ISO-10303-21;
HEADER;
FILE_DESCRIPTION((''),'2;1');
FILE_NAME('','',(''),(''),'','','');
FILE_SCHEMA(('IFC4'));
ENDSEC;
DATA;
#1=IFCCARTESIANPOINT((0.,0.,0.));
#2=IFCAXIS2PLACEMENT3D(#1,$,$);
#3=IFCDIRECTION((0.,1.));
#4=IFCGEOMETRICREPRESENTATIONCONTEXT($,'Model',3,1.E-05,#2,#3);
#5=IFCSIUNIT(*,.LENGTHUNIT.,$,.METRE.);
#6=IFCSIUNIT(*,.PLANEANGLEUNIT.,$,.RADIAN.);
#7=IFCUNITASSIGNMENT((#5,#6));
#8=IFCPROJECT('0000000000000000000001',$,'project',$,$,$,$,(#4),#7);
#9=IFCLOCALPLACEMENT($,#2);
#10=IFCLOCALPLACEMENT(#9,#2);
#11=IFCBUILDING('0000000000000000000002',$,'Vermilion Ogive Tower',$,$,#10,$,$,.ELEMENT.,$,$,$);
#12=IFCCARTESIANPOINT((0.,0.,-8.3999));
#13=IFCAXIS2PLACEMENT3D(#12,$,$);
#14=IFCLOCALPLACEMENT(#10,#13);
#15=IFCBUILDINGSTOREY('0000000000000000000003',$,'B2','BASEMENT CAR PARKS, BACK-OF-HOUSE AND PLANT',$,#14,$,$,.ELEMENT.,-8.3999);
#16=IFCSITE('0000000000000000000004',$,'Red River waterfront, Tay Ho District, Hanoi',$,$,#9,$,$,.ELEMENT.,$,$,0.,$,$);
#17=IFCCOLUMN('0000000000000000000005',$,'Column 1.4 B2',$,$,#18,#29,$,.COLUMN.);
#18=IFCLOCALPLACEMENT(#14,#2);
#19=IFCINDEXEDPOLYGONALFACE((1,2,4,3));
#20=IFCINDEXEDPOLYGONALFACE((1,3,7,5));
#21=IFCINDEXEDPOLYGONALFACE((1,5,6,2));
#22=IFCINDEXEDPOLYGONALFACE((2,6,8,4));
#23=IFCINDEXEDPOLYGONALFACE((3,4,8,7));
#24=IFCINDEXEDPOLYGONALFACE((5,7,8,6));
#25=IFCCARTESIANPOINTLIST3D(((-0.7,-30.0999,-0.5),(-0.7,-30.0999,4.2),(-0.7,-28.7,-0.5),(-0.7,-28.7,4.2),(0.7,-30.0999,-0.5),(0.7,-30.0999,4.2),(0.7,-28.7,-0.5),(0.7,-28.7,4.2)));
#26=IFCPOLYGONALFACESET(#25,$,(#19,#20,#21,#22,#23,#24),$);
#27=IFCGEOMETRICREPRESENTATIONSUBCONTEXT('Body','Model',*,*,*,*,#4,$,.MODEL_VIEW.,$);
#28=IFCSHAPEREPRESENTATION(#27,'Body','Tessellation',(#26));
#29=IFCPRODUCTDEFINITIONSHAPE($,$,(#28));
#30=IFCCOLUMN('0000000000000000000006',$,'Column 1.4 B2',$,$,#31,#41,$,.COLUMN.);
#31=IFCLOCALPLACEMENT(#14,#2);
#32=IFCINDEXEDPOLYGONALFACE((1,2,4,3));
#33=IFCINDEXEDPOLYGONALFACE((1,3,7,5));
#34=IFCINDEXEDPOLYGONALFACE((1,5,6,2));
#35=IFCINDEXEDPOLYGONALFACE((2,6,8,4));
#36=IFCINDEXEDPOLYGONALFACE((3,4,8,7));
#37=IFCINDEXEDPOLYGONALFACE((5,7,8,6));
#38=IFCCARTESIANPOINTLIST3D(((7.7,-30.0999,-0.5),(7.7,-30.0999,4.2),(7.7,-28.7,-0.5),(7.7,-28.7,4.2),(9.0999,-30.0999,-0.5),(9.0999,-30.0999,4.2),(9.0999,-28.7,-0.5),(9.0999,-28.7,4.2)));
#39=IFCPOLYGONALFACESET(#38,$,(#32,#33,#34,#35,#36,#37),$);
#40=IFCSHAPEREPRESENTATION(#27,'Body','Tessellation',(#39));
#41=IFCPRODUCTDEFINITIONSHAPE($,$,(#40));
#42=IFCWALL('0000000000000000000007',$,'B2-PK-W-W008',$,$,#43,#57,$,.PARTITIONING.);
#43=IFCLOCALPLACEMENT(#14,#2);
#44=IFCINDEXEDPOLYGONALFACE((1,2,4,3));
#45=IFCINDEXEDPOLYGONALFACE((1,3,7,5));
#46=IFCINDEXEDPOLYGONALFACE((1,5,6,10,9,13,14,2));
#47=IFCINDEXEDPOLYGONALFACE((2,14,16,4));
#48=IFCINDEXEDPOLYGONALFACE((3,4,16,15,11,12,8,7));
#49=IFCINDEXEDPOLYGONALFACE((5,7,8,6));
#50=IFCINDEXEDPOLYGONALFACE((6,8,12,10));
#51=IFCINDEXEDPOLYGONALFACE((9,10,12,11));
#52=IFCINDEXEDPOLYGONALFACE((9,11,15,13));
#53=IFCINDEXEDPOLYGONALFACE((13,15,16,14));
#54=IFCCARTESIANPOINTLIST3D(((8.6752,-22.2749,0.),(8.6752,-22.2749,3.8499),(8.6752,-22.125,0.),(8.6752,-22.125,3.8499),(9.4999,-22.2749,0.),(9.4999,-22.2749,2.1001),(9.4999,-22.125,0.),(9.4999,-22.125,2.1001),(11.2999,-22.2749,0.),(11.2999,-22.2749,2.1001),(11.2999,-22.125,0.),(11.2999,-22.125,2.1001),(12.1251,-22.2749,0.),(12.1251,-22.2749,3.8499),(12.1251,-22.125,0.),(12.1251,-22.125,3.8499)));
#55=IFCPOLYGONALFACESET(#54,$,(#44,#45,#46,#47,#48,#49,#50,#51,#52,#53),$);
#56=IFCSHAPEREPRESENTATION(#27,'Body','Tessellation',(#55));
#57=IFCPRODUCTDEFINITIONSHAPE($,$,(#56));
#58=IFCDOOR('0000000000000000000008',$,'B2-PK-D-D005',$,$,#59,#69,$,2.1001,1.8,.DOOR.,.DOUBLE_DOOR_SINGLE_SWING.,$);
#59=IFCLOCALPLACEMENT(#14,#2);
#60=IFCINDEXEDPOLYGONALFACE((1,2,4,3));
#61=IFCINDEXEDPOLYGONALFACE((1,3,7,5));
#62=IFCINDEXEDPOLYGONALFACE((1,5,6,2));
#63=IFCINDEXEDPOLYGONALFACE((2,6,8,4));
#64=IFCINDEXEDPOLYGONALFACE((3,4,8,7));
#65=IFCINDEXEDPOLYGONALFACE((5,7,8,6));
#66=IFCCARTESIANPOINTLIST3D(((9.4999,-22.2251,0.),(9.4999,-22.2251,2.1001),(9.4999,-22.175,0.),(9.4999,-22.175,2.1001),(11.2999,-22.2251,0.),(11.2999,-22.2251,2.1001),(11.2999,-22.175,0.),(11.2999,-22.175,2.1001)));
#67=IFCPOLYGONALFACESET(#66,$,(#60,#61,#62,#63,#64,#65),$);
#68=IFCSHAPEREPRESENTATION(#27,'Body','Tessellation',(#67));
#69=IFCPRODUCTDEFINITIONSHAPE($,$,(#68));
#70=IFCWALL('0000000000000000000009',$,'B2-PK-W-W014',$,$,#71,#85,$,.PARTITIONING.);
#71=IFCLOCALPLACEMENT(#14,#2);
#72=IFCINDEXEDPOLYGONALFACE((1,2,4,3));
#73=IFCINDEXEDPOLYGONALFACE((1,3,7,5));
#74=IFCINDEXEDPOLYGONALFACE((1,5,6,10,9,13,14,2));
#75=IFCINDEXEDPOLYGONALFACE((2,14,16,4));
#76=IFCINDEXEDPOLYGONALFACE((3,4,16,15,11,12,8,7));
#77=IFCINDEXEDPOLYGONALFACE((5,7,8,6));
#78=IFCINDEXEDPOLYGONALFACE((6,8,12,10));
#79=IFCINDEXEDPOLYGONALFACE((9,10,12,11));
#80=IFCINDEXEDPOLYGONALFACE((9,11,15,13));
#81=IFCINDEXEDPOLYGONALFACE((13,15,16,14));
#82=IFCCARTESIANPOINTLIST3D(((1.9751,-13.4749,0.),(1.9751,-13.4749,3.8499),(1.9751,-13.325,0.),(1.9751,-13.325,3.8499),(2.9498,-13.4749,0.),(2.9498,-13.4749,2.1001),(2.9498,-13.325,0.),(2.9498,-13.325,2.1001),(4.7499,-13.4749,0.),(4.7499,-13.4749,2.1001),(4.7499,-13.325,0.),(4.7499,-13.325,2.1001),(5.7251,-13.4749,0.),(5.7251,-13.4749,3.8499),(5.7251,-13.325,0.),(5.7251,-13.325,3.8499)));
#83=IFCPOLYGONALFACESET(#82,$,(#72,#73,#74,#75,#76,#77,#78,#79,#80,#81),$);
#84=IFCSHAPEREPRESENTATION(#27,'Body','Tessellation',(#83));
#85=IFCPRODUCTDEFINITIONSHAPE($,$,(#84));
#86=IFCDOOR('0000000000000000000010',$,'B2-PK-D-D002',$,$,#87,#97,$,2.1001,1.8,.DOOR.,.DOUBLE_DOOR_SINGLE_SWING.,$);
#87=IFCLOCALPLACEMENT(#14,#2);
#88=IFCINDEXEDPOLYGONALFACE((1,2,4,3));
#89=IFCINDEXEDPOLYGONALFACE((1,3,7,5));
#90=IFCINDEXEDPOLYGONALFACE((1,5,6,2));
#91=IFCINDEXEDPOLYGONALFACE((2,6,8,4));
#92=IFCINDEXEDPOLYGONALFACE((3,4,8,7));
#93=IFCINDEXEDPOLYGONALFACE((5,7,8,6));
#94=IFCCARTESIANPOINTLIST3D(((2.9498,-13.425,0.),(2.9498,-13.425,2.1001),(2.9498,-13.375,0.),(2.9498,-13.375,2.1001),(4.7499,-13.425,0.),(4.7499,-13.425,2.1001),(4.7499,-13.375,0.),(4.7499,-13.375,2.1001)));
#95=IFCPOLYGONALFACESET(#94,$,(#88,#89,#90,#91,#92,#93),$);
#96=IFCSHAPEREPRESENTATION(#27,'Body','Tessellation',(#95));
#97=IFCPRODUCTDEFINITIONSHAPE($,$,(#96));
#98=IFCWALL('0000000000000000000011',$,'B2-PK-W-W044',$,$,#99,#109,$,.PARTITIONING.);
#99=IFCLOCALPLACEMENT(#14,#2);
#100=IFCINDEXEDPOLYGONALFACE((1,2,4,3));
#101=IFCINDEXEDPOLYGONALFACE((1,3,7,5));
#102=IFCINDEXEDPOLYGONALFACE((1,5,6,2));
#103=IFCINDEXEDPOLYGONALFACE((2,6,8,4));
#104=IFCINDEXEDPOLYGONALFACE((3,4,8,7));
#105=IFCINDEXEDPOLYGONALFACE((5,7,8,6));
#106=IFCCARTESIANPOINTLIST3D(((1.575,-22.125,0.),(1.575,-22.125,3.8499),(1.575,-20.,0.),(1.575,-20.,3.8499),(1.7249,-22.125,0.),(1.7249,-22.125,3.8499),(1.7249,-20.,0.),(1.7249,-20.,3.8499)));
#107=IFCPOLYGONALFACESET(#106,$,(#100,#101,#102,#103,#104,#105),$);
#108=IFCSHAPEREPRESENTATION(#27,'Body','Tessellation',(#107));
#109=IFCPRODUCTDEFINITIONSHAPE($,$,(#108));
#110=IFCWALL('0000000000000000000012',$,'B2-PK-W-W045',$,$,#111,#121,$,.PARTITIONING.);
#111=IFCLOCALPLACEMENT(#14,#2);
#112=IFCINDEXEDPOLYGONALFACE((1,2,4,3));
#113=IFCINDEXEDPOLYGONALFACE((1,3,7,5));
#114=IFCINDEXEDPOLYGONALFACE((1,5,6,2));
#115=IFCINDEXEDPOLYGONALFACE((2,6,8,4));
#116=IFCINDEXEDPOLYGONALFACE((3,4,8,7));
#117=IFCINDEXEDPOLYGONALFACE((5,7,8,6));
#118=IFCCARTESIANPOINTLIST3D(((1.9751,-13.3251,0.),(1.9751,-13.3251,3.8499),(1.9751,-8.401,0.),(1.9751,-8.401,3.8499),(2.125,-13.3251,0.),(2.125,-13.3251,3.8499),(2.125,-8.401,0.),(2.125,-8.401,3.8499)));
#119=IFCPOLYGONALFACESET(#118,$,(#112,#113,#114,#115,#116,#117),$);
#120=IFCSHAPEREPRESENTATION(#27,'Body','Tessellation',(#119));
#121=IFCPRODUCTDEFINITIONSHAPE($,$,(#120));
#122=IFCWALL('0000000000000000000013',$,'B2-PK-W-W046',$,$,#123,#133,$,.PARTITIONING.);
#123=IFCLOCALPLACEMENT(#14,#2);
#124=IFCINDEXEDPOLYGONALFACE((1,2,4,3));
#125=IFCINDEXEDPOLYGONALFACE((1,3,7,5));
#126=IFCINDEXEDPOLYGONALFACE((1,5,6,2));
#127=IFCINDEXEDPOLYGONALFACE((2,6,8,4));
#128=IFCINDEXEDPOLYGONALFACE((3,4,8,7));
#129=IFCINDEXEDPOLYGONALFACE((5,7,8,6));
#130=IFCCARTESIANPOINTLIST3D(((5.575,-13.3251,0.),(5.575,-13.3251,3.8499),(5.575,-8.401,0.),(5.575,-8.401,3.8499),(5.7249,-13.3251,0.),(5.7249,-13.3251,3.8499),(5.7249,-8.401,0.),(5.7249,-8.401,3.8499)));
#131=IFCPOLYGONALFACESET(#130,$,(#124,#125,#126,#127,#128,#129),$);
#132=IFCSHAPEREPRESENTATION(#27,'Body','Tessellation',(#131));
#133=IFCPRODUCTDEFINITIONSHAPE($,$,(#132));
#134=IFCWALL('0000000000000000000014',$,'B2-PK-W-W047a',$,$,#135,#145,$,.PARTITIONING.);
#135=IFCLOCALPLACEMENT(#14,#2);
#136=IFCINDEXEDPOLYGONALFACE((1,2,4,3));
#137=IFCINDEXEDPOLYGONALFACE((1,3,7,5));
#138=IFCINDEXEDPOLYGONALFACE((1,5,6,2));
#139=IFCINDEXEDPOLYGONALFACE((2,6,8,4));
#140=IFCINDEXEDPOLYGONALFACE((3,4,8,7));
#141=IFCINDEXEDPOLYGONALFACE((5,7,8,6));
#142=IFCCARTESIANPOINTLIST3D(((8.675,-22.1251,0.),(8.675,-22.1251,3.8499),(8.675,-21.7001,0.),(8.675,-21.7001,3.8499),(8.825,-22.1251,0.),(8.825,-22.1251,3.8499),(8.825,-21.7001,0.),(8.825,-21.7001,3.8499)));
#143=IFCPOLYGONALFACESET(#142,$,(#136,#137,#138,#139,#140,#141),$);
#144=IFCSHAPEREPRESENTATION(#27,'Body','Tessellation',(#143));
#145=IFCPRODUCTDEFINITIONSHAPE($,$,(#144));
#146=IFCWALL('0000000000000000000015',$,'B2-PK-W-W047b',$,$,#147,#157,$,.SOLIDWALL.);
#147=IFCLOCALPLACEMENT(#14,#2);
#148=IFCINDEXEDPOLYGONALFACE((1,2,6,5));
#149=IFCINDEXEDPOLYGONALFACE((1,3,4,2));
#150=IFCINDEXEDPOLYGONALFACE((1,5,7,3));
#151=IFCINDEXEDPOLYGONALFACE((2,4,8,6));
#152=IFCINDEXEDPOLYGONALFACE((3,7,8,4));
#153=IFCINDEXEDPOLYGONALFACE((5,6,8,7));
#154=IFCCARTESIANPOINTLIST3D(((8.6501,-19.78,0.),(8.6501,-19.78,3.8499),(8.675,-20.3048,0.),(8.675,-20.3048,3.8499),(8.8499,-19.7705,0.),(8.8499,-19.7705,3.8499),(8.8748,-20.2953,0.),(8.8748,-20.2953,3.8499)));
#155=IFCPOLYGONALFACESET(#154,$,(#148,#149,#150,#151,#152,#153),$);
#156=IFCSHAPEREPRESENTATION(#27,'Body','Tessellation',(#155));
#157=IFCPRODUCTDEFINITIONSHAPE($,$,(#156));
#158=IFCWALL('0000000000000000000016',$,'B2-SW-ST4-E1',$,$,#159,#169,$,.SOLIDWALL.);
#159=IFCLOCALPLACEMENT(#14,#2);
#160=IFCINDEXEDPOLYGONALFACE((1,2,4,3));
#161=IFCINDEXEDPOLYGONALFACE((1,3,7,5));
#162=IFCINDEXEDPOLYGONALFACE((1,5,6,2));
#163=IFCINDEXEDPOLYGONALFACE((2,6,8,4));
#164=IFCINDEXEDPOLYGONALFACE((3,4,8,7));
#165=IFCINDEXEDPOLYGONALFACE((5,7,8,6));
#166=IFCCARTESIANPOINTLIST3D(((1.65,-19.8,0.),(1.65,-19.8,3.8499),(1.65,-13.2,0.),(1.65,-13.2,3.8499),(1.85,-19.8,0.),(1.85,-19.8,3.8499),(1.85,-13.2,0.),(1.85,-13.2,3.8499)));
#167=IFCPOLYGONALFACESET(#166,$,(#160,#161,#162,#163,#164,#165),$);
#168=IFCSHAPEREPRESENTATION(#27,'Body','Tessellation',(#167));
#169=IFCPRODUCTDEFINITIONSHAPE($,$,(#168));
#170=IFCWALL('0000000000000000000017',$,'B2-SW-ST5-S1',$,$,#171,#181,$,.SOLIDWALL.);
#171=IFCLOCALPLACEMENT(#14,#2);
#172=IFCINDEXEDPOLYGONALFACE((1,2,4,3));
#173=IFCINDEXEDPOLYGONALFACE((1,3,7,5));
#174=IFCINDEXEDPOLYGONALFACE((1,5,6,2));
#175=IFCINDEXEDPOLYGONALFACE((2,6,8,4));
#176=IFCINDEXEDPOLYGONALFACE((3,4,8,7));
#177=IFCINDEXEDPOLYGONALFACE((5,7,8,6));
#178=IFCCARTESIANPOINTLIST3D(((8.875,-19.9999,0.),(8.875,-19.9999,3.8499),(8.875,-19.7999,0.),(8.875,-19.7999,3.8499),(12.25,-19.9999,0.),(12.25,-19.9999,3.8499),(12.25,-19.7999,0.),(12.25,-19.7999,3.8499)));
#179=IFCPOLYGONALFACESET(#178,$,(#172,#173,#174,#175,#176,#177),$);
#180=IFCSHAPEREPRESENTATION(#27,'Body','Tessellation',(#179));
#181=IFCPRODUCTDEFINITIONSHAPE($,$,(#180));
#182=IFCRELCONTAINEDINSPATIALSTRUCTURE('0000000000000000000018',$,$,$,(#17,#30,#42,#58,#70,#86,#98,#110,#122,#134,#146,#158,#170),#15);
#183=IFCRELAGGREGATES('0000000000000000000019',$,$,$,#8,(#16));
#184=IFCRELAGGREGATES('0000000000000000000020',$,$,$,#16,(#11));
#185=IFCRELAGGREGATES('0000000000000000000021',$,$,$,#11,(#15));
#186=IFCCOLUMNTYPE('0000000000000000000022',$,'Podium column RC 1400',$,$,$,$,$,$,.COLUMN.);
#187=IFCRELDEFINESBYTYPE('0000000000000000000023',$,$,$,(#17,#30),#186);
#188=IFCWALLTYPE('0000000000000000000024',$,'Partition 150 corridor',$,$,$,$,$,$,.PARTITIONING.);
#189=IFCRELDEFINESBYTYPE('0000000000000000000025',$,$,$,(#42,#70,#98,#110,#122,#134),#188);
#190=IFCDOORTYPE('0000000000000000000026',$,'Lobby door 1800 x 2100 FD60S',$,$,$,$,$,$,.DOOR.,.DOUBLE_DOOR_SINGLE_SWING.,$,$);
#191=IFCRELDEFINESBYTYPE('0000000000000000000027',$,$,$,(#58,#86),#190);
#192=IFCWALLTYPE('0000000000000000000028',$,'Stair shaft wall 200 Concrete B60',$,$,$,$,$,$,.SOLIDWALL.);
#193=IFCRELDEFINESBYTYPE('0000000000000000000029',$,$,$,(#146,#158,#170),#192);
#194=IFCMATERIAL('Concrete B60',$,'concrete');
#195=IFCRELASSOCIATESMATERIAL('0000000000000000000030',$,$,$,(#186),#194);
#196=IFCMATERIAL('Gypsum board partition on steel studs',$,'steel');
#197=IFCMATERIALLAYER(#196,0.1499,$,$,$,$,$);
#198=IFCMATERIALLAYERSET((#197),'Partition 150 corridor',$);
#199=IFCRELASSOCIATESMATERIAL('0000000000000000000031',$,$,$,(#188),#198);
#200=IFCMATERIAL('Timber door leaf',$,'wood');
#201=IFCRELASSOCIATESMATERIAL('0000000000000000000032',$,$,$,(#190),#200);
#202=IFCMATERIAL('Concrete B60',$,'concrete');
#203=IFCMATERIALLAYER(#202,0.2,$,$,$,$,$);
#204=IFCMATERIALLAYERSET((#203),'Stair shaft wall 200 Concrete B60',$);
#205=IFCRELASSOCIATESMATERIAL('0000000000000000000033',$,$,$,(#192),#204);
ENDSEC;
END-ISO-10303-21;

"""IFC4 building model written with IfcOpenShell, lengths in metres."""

from ifc_helpers import new_model, si_unit, direction, frame, frame_2d, origin, origin_2d, place, context, subcontext, project, spatial, rectangle, extrude, material, layer, layer_set, material_profile, profile_set, type_object, element, fill, save


model = new_model("IFC4")

# Units and contexts
model_context = context("Model", 3, precision=1e-05, world=origin(), true_north=direction((0.0, 1.0)))
body_context = subcontext(model_context, "Body", "Model", "MODEL_VIEW")
ifc_project = project(units=[si_unit("LENGTHUNIT", "METRE"), si_unit("PLANEANGLEUNIT", "RADIAN")], contexts=[model_context])

# Site, building, storey
site_placement = place(None, origin())
site = spatial("IfcSite", under=ifc_project, at=site_placement, Name="Red River waterfront, Tay Ho District, Hanoi", CompositionType="ELEMENT", RefElevation=0.0)
building_placement = place(site_placement, origin())
building = spatial("IfcBuilding", under=site, at=building_placement, Name="Vermilion Ogive Tower", CompositionType="ELEMENT")
storey_placement = place(building_placement, frame((0.0, 0.0, -8.3999)))
storey = spatial("IfcBuildingStorey", under=building, at=storey_placement, Name="B2", Description="BASEMENT CAR PARKS, BACK-OF-HOUSE AND PLANT", CompositionType="ELEMENT", Elevation=-8.3999)

# Columns
ifc_material_1 = material(Name="Concrete B60", Category="concrete")
ifc_material_profile_1 = material_profile(ifc_material_1, rectangle(XDim=1.3999, YDim=1.3999, at=origin_2d()), Name="RC 1400x1400")
ifc_profile_set_1 = profile_set([ifc_material_profile_1], Name="Concrete B60")
column_type_1 = type_object("IfcColumnType", Name="Podium column RC 1400", PredefinedType="COLUMN", material=ifc_profile_set_1)
for number, where, z_axis, x_axis, name in (
    (1, (0.0, -29.3999, -0.5), (0.0, 0.0, 1.0), (1.0, 0.0, 0.0), "Column 1.4 B2"),
    (2, (8.3999, -29.3999, -0.5), (0.0, 0.0, 1.0), (1.0, 0.0, 0.0), "Column 1.4 B2"),
):
    element("IfcColumn", number, at=place(storey_placement, frame(where, z_axis=z_axis, x_axis=x_axis)), inside=storey, type_object=column_type_1, Name=name, PredefinedType="COLUMN", context=body_context, shape_type="SweptSolid", body=[
        extrude(rectangle(XDim=1.3999, YDim=1.3999, at=origin_2d()), origin(), (0.0, 0.0, 1.0), 4.7),
    ])

# Walls, openings, doors
ifc_material_2 = material(Name="Gypsum board partition on steel studs", Category="steel")
ifc_layer_1 = layer(ifc_material_2, 0.1499)
ifc_layer_set_1 = layer_set([ifc_layer_1], Name="Partition 150 corridor")
wall_type_1 = type_object("IfcWallType", Name="Partition 150 corridor", PredefinedType="PARTITIONING", material=ifc_layer_set_1)
wall_1_placement = place(storey_placement, frame((8.675, -22.2, 0.0), z_axis=(0.0, 0.0, 1.0), x_axis=(1.0, 0.0, 0.0)))
wall_1 = element("IfcWall", 3, at=wall_1_placement, inside=storey, type_object=wall_type_1, Name="B2-PK-W-W008", PredefinedType="PARTITIONING", context=body_context, shape_type="SweptSolid", body=[
    extrude(rectangle(XDim=3.45, YDim=0.1499, at=frame_2d((1.7251, 0.0))), origin(), (0.0, 0.0, 1.0), 3.8499),
])
opening_1_placement = place(wall_1_placement, frame((0.825, 0.0, 0.0)))
opening_1 = element("IfcOpeningElement", 4, at=opening_1_placement, cuts=wall_1, PredefinedType="OPENING", context=body_context, shape_type="SweptSolid", body=[
    extrude(rectangle(XDim=1.8, YDim=2.1001, at=frame_2d((0.8999, 1.05))), frame((0.0, 0.085, 0.0), z_axis=(0.0, -1.0, 0.0), x_axis=(1.0, 0.0, 0.0)), (0.0, 0.0, 1.0), 0.1699),
])
ifc_material_3 = material(Name="Timber door leaf", Category="wood")
door_type = type_object("IfcDoorType", Name="Lobby door 1800 x 2100 FD60S", OperationType="DOUBLE_DOOR_SINGLE_SWING", PredefinedType="DOOR", material=ifc_material_3)
door_1_placement = place(opening_1_placement, origin())
door_1 = element("IfcDoor", 5, at=door_1_placement, inside=storey, type_object=door_type, Name="B2-PK-D-D005", OperationType="DOUBLE_DOOR_SINGLE_SWING", OverallHeight=2.1001, OverallWidth=1.8, PredefinedType="DOOR", context=body_context, shape_type="SweptSolid", body=[
    extrude(rectangle(XDim=1.8, YDim=2.1001, at=frame_2d((0.8999, 1.05))), frame((0.0, 0.0249, 0.0), z_axis=(0.0, -1.0, 0.0), x_axis=(1.0, 0.0, 0.0)), (0.0, 0.0, 1.0), 0.05),
])
fill(opening_1, door_1)
wall_2_placement = place(storey_placement, frame((1.9751, -13.3999, 0.0), z_axis=(0.0, 0.0, 1.0), x_axis=(1.0, 0.0, 0.0)))
wall_2 = element("IfcWall", 6, at=wall_2_placement, inside=storey, type_object=wall_type_1, Name="B2-PK-W-W014", PredefinedType="PARTITIONING", context=body_context, shape_type="SweptSolid", body=[
    extrude(rectangle(XDim=3.75, YDim=0.1499, at=frame_2d((1.875, 0.0))), origin(), (0.0, 0.0, 1.0), 3.8499),
])
opening_2_placement = place(wall_2_placement, frame((0.9749, 0.0, 0.0)))
opening_2 = element("IfcOpeningElement", 7, at=opening_2_placement, cuts=wall_2, PredefinedType="OPENING", context=body_context, shape_type="SweptSolid", body=[
    extrude(rectangle(XDim=1.8, YDim=2.1001, at=frame_2d((0.8999, 1.05))), frame((0.0, 0.085, 0.0), z_axis=(0.0, -1.0, 0.0), x_axis=(1.0, 0.0, 0.0)), (0.0, 0.0, 1.0), 0.1699),
])
door_2_placement = place(opening_2_placement, origin())
door_2 = element("IfcDoor", 8, at=door_2_placement, inside=storey, type_object=door_type, Name="B2-PK-D-D002", OperationType="DOUBLE_DOOR_SINGLE_SWING", OverallHeight=2.1001, OverallWidth=1.8, PredefinedType="DOOR", context=body_context, shape_type="SweptSolid", body=[
    extrude(rectangle(XDim=1.8, YDim=2.1001, at=frame_2d((0.8999, 1.05))), frame((0.0, 0.0249, 0.0), z_axis=(0.0, -1.0, 0.0), x_axis=(1.0, 0.0, 0.0)), (0.0, 0.0, 1.0), 0.05),
])
fill(opening_2, door_2)

# Walls
wall_3_placement = place(storey_placement, frame((1.6499, -22.125, 0.0), z_axis=(0.0, 0.0, 1.0), x_axis=(0.0, 1.0, 0.0)))
element("IfcWall", 9, at=wall_3_placement, inside=storey, type_object=wall_type_1, Name="B2-PK-W-W044", PredefinedType="PARTITIONING", context=body_context, shape_type="SweptSolid", body=[
    extrude(rectangle(XDim=2.125, YDim=0.1499, at=frame_2d((1.0625, 0.0))), origin(), (0.0, 0.0, 1.0), 3.8499),
])
for number, where, z_axis, x_axis, name in (
    (10, (2.05, -13.325, 0.0), (0.0, 0.0, 1.0), (0.0, 1.0, 0.0), "B2-PK-W-W045"),
    (11, (5.6499, -13.325, 0.0), (0.0, 0.0, 1.0), (0.0, 1.0, 0.0), "B2-PK-W-W046"),
):
    element("IfcWall", number, at=place(storey_placement, frame(where, z_axis=z_axis, x_axis=x_axis)), inside=storey, type_object=wall_type_1, Name=name, PredefinedType="PARTITIONING", context=body_context, shape_type="SweptSolid", body=[
        extrude(rectangle(XDim=4.9241, YDim=0.1499, at=frame_2d((2.4619, 0.0))), origin(), (0.0, 0.0, 1.0), 3.8499),
    ])
wall_4_placement = place(storey_placement, frame((8.75, -22.125, 0.0), z_axis=(0.0, 0.0, 1.0), x_axis=(0.0, 1.0, 0.0)))
element("IfcWall", 12, at=wall_4_placement, inside=storey, type_object=wall_type_1, Name="B2-PK-W-W047a", PredefinedType="PARTITIONING", context=body_context, shape_type="SweptSolid", body=[
    extrude(rectangle(XDim=0.425, YDim=0.1499, at=frame_2d((0.2124, 0.0))), origin(), (0.0, 0.0, 1.0), 3.8499),
])
ifc_material_4 = material(Name="Concrete B60", Category="concrete")
ifc_layer_2 = layer(ifc_material_4, 0.2)
ifc_layer_set_2 = layer_set([ifc_layer_2], Name="Stair shaft wall 200 Concrete B60")
wall_type_2 = type_object("IfcWallType", Name="Stair shaft wall 200 Concrete B60", PredefinedType="SOLIDWALL", material=ifc_layer_set_2)
wall_5_placement = place(storey_placement, frame((8.7749, -20.3, 0.0), z_axis=(0.0, 0.0, 1.0), x_axis=(-0.047389, 0.998877, 0.0)))
element("IfcWall", 13, at=wall_5_placement, inside=storey, type_object=wall_type_2, Name="B2-PK-W-W047b", PredefinedType="SOLIDWALL", context=body_context, shape_type="SweptSolid", body=[
    extrude(rectangle(XDim=0.5254, YDim=0.2, at=frame_2d((0.2627, 0.0))), origin(), (0.0, 0.0, 1.0), 3.8499),
])
wall_6_placement = place(storey_placement, frame((1.75, -19.8, 0.0), z_axis=(0.0, 0.0, 1.0), x_axis=(0.0, 1.0, 0.0)))
element("IfcWall", 14, at=wall_6_placement, inside=storey, type_object=wall_type_2, Name="B2-SW-ST4-E1", PredefinedType="SOLIDWALL", context=body_context, shape_type="SweptSolid", body=[
    extrude(rectangle(XDim=6.6001, YDim=0.2, at=frame_2d((3.3, 0.0))), origin(), (0.0, 0.0, 1.0), 3.8499),
])
wall_7_placement = place(storey_placement, frame((8.875, -19.8999, 0.0), z_axis=(0.0, 0.0, 1.0), x_axis=(1.0, 0.0, 0.0)))
element("IfcWall", 15, at=wall_7_placement, inside=storey, type_object=wall_type_2, Name="B2-SW-ST5-S1", PredefinedType="SOLIDWALL", context=body_context, shape_type="SweptSolid", body=[
    extrude(rectangle(XDim=3.375, YDim=0.2, at=frame_2d((1.6875, 0.0))), origin(), (0.0, 0.0, 1.0), 3.8499),
])

save(model, "model.ifc")
